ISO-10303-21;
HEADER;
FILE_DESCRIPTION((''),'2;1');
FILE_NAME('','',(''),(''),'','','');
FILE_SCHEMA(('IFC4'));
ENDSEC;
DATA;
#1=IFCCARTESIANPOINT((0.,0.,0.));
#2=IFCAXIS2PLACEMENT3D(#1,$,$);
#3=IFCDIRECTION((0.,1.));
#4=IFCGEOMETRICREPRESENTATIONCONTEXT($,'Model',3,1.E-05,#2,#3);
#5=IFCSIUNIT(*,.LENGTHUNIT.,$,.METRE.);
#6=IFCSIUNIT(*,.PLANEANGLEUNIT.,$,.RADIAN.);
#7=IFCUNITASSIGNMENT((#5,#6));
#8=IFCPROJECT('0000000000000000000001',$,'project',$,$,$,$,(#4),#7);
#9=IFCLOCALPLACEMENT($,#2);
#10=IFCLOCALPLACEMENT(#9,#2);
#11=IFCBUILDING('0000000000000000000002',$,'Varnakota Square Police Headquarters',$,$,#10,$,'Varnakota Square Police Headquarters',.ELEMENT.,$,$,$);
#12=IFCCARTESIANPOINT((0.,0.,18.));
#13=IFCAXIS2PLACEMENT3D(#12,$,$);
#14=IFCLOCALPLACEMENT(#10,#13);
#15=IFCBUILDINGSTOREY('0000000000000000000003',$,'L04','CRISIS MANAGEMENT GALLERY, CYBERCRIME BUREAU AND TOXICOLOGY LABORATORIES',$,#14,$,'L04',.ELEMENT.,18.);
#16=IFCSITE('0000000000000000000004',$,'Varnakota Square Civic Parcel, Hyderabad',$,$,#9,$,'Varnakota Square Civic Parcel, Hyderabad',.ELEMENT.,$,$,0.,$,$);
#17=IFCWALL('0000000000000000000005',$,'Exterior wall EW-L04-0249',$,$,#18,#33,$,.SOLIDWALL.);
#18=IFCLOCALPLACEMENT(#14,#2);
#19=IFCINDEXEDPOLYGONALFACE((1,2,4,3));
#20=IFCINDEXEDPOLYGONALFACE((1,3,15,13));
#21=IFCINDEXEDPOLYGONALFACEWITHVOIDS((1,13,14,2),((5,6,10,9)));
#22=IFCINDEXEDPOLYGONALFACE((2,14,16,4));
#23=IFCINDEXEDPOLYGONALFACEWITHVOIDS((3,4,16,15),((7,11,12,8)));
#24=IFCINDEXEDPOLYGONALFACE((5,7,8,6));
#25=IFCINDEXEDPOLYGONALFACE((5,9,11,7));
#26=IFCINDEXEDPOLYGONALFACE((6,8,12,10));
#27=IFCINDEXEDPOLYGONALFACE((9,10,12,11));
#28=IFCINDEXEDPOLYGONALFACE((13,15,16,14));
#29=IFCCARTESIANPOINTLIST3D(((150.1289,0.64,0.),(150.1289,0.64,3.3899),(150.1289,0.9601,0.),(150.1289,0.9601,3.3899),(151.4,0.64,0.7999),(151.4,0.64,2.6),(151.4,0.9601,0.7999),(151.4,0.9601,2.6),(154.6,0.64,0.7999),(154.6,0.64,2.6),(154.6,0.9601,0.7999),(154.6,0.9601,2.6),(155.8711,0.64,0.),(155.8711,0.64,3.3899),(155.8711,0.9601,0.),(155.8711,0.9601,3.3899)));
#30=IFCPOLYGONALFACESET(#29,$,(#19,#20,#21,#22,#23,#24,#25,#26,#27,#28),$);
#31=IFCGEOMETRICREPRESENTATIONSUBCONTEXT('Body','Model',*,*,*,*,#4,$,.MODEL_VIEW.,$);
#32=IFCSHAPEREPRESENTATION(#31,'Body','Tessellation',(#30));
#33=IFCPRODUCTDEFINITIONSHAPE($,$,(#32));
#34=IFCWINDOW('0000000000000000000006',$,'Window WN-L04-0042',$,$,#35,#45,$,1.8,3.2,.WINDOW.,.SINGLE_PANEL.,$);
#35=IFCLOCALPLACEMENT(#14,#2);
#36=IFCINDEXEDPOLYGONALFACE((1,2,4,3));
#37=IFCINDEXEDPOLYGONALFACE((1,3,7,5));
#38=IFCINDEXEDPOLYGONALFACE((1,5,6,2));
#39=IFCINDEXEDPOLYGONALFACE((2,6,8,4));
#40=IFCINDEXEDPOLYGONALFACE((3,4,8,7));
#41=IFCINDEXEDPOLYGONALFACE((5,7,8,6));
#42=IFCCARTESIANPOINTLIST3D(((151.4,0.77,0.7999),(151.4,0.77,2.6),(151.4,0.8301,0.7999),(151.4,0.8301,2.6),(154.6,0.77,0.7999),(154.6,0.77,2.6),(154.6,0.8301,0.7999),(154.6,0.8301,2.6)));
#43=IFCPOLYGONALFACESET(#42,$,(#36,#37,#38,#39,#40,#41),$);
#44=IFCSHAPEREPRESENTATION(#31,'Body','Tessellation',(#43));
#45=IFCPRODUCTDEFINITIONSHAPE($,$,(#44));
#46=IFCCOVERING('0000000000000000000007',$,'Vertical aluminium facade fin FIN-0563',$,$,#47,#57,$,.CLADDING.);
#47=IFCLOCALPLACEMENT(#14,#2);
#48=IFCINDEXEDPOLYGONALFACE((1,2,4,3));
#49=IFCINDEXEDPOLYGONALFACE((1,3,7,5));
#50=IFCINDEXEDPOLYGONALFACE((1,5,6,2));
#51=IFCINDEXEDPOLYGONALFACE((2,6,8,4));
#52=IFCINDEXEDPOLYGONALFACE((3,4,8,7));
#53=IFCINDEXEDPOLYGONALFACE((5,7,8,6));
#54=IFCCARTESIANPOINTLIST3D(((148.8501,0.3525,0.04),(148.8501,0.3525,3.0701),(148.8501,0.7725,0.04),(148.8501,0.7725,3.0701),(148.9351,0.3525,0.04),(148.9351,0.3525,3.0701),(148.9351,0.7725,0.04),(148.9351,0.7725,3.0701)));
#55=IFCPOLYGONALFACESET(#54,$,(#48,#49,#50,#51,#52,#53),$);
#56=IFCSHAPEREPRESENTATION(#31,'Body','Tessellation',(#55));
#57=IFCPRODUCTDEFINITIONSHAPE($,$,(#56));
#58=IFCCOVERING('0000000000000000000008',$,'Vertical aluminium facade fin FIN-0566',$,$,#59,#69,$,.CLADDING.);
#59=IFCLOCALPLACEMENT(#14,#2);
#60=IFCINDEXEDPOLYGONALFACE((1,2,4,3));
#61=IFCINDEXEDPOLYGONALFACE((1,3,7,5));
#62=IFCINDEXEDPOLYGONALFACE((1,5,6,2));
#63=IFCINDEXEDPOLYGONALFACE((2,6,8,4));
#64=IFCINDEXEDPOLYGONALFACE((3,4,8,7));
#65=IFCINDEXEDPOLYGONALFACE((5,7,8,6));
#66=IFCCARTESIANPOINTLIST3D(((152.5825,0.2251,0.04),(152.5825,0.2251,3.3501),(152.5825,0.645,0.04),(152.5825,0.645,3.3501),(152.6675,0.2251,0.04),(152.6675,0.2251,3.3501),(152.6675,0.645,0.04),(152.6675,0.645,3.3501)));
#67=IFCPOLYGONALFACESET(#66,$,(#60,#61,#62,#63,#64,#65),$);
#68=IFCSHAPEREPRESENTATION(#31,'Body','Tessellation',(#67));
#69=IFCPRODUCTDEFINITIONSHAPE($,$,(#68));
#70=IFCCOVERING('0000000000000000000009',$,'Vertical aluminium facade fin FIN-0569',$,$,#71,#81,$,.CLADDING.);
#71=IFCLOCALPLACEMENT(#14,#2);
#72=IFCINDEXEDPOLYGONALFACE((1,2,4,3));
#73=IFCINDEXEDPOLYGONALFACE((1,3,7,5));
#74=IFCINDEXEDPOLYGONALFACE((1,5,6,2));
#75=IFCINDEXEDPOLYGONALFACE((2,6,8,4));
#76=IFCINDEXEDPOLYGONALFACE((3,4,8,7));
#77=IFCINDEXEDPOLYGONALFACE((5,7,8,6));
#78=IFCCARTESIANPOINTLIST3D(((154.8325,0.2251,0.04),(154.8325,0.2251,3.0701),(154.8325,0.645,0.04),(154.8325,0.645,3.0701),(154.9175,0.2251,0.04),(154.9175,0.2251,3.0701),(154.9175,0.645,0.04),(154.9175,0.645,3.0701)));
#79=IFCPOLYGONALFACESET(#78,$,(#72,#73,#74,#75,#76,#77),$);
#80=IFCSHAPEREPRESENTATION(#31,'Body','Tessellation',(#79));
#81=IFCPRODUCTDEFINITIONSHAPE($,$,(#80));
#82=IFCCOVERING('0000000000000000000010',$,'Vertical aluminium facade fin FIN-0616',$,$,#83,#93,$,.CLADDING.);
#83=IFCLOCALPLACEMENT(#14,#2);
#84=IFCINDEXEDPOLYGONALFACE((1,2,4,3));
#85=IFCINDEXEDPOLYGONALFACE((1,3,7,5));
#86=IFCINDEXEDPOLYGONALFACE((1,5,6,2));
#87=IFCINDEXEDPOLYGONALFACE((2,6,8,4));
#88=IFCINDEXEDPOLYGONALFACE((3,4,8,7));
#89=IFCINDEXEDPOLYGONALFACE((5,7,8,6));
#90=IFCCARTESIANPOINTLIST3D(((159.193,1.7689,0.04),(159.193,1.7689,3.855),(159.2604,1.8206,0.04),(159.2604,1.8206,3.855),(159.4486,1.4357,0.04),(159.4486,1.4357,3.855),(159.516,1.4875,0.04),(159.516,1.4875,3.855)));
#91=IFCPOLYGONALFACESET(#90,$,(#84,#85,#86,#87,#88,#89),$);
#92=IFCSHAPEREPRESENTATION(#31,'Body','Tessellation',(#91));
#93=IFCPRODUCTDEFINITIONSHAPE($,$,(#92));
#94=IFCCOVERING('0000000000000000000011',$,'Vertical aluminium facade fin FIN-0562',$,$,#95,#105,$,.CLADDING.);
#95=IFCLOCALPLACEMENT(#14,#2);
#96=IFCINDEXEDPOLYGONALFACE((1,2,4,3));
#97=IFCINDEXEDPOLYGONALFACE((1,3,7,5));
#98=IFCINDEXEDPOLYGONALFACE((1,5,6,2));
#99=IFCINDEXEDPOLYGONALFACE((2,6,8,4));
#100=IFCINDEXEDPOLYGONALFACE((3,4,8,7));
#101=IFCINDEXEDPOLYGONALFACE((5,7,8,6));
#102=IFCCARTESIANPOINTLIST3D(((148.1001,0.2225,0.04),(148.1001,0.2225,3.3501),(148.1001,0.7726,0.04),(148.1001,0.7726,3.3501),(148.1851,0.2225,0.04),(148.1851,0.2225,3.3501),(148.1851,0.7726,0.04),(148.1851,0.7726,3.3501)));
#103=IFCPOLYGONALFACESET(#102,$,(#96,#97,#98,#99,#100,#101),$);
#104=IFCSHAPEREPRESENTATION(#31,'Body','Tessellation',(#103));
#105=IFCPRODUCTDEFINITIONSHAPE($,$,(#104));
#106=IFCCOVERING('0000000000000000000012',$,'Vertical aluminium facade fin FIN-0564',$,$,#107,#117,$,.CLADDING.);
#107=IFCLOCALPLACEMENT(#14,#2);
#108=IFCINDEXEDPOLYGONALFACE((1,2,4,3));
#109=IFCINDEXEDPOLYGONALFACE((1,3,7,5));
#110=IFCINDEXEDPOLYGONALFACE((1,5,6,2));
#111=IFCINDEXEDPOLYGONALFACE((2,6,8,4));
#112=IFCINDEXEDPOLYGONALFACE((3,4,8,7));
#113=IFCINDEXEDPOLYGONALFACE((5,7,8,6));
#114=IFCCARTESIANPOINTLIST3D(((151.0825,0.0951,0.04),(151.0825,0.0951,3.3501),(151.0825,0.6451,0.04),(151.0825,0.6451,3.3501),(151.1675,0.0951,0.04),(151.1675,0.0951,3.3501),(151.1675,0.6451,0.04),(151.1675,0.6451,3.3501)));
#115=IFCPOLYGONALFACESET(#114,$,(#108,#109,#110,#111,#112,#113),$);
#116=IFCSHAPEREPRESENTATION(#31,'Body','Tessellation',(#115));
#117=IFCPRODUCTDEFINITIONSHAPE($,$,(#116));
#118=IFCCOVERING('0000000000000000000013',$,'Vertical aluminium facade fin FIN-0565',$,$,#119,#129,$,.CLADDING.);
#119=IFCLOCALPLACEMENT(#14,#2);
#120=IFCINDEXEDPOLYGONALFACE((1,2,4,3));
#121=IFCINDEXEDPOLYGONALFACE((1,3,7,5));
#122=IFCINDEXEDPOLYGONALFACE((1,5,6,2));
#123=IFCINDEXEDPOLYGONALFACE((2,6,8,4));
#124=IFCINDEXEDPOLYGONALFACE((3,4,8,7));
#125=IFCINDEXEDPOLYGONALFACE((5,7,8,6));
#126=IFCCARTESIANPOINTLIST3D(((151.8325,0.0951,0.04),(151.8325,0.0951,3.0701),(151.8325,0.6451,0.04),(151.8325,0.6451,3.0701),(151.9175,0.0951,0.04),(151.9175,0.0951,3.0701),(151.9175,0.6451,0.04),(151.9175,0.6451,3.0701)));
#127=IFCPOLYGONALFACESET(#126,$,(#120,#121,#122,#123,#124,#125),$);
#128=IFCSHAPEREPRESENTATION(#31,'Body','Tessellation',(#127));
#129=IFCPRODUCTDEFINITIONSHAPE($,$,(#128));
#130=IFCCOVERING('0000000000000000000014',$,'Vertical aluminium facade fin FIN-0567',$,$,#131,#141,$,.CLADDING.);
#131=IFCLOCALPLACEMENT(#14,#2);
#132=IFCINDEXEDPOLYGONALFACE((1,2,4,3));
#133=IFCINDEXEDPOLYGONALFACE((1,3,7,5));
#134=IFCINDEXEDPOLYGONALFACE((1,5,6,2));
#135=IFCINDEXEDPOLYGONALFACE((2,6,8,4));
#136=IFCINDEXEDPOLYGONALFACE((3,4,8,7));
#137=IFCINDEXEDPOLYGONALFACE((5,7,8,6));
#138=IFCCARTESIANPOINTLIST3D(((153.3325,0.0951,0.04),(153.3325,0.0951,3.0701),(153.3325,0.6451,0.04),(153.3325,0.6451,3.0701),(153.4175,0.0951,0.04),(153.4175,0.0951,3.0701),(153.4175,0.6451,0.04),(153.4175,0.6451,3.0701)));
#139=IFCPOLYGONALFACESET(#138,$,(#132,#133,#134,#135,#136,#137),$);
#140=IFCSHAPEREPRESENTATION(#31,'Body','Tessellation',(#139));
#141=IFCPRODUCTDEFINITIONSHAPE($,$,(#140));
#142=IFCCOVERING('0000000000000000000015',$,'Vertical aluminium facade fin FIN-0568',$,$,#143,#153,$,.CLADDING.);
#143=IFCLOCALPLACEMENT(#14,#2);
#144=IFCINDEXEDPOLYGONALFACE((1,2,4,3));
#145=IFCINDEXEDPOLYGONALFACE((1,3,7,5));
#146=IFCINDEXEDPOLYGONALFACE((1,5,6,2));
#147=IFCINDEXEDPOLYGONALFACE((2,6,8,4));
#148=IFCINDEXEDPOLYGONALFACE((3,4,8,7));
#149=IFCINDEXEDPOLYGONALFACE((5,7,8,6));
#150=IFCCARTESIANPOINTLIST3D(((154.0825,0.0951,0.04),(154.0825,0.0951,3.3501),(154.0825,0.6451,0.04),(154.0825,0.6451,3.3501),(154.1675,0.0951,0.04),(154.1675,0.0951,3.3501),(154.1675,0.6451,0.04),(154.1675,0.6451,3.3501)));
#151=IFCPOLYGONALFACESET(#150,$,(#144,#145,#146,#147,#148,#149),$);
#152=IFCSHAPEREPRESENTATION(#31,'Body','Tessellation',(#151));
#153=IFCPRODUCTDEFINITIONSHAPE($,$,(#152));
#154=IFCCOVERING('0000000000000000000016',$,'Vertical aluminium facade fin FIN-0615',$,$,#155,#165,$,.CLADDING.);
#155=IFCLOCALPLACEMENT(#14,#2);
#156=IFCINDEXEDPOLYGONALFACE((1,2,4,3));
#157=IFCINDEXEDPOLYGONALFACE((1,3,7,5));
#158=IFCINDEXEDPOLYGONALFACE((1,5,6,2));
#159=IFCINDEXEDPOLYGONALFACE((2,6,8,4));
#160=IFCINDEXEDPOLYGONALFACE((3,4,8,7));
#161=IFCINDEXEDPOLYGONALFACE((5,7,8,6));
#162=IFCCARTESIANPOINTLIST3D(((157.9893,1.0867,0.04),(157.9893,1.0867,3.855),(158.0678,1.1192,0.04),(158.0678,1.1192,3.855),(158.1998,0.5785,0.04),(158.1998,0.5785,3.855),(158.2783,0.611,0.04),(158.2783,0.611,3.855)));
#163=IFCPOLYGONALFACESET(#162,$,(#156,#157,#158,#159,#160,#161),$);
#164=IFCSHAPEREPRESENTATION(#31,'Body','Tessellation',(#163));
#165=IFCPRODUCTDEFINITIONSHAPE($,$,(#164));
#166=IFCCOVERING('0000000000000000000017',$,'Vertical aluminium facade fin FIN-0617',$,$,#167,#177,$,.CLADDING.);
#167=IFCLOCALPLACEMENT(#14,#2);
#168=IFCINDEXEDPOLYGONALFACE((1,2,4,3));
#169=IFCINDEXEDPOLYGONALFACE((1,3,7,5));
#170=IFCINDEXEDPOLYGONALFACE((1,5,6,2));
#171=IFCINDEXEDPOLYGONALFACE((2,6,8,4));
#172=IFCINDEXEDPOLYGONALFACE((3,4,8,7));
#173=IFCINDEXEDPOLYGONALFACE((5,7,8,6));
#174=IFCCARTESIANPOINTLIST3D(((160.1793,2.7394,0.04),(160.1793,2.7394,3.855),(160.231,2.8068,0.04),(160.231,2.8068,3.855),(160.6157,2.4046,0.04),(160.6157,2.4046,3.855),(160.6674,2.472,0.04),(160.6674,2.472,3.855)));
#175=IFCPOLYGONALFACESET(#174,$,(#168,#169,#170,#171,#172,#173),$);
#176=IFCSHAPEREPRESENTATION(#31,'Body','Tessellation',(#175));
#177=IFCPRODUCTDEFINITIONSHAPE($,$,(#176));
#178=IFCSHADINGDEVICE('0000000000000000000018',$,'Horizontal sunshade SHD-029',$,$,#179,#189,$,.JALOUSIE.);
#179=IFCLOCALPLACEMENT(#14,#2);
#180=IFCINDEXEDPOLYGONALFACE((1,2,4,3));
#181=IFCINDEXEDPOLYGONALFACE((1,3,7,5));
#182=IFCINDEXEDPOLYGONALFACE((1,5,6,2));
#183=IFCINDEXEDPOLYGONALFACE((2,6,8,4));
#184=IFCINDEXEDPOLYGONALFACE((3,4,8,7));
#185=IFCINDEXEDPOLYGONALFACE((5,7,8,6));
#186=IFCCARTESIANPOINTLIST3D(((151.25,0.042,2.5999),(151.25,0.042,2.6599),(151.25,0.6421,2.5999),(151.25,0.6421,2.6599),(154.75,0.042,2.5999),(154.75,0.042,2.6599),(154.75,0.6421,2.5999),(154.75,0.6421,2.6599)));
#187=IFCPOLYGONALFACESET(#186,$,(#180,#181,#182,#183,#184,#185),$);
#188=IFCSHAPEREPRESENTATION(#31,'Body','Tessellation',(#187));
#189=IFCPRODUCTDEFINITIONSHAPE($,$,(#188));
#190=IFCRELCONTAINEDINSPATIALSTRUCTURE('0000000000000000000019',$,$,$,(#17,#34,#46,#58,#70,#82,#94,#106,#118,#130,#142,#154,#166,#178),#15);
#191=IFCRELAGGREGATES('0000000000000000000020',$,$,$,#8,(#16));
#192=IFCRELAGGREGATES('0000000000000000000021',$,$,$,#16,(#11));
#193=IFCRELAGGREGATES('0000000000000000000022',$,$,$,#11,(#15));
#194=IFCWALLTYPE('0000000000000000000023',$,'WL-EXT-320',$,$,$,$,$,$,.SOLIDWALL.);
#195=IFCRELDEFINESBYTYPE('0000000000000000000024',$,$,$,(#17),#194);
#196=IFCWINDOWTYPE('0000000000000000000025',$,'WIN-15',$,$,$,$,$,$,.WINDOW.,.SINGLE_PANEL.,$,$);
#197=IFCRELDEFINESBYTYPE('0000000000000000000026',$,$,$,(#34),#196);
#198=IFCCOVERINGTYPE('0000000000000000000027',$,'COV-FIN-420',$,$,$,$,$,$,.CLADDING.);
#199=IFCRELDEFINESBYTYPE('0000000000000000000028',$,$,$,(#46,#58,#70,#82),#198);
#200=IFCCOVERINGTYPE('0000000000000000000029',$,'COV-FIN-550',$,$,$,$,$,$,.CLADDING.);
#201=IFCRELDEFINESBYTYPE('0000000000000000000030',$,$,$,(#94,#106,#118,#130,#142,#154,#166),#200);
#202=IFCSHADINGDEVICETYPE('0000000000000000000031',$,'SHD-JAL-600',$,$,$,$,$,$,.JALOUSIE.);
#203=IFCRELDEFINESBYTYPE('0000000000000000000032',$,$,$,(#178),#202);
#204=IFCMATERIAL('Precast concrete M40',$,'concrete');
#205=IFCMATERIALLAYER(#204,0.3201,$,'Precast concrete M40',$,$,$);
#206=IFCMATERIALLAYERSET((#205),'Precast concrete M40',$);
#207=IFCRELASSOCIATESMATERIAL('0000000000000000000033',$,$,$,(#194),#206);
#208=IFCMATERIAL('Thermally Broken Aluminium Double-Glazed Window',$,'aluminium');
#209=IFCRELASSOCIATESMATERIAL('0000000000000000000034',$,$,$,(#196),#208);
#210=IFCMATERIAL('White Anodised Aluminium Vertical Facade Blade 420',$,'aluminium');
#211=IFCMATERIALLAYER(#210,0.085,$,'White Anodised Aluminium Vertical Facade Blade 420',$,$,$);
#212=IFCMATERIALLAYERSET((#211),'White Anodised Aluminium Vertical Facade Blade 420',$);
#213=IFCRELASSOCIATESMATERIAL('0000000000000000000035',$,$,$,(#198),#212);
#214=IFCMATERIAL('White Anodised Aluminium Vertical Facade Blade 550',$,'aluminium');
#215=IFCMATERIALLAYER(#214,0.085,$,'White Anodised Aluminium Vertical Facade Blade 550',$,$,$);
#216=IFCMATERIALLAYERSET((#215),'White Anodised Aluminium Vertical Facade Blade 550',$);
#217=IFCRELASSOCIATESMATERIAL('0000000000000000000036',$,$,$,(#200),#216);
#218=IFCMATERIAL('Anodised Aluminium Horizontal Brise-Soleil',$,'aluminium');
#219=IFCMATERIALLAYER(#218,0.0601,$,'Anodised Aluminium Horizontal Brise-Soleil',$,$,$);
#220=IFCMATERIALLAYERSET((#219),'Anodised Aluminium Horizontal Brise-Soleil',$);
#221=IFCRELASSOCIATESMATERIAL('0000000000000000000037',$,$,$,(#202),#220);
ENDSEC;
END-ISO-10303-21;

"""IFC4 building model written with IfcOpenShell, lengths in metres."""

from ifc_helpers import new_model, si_unit, direction, frame, frame_2d, origin, origin_2d, place, context, subcontext, project, spatial, rectangle, extrude, material, layer, layer_set, type_object, element, fill, save


model = new_model("IFC4")

# Units and contexts
model_context = context("Model", 3, precision=1e-05, world=origin(), true_north=direction((0.0, 1.0)))
body_context = subcontext(model_context, "Body", "Model", "MODEL_VIEW")
ifc_project = project(units=[si_unit("LENGTHUNIT", "METRE"), si_unit("PLANEANGLEUNIT", "RADIAN")], contexts=[model_context])

# Site, building, storey
site_placement = place(None, origin())
site = spatial("IfcSite", under=ifc_project, at=site_placement, Name="Varnakota Square Civic Parcel, Hyderabad", LongName="Varnakota Square Civic Parcel, Hyderabad", CompositionType="ELEMENT", RefElevation=0.0)
building_placement = place(site_placement, origin())
building = spatial("IfcBuilding", under=site, at=building_placement, Name="Varnakota Square Police Headquarters", LongName="Varnakota Square Police Headquarters", CompositionType="ELEMENT")
storey_placement = place(building_placement, frame((0.0, 0.0, 18.0)))
storey = spatial("IfcBuildingStorey", under=building, at=storey_placement, Name="L04", Description="CRISIS MANAGEMENT GALLERY, CYBERCRIME BUREAU AND TOXICOLOGY LABORATORIES", LongName="L04", CompositionType="ELEMENT", Elevation=18.0)

# Shared definitions
ifc_material_1 = material(Name="Precast concrete M40", Category="concrete")

# Wall, opening, window
ifc_layer_1 = layer(ifc_material_1, 0.3201, Name="Precast concrete M40")
ifc_layer_set_1 = layer_set([ifc_layer_1], Name="Precast concrete M40")
wall_type_1 = type_object("IfcWallType", Name="WL-EXT-320", PredefinedType="SOLIDWALL", material=ifc_layer_set_1)
wall_1_placement = place(storey_placement, frame((150.1289, 0.8, 0.0), z_axis=(0.0, 0.0, 1.0), x_axis=(1.0, 0.0, 0.0)))
wall_1 = element("IfcWall", 1, at=wall_1_placement, inside=storey, type_object=wall_type_1, Name="Exterior wall EW-L04-0249", PredefinedType="SOLIDWALL", context=body_context, shape_type="SweptSolid", body=[
    extrude(rectangle(XDim=5.7422, YDim=0.3201, at=frame_2d((2.8711, 0.0))), origin(), (0.0, 0.0, 1.0), 3.3899),
])
opening_placement = place(wall_1_placement, frame((1.271, 0.0, 0.8)))
opening = element("IfcOpeningElement", 2, at=opening_placement, cuts=wall_1, PredefinedType="OPENING", context=body_context, shape_type="SweptSolid", body=[
    extrude(rectangle(XDim=3.2, YDim=1.8, at=frame_2d((1.6001, 0.8999))), frame((0.0, 0.1699, 0.0), z_axis=(0.0, -1.0, 0.0), x_axis=(1.0, 0.0, 0.0)), (0.0, 0.0, 1.0), 0.3401),
])
ifc_material_2 = material(Name="Thermally Broken Aluminium Double-Glazed Window", Category="aluminium")
window_type = type_object("IfcWindowType", Name="WIN-15", PartitioningType="SINGLE_PANEL", PredefinedType="WINDOW", material=ifc_material_2)
window_placement = place(opening_placement, origin())
window = element("IfcWindow", 3, at=window_placement, inside=storey, type_object=window_type, Name="Window WN-L04-0042", OverallHeight=1.8, OverallWidth=3.2, PartitioningType="SINGLE_PANEL", PredefinedType="WINDOW", context=body_context, shape_type="SweptSolid", body=[
    extrude(rectangle(XDim=3.2, YDim=1.8, at=frame_2d((1.6001, 0.8999))), frame((0.0, 0.03, 0.0), z_axis=(0.0, -1.0, 0.0), x_axis=(1.0, 0.0, 0.0)), (0.0, 0.0, 1.0), 0.0601),
])
fill(opening, window)

# Coverings
ifc_material_3 = material(Name="White Anodised Aluminium Vertical Facade Blade 420", Category="aluminium")
ifc_layer_2 = layer(ifc_material_3, 0.085, Name="White Anodised Aluminium Vertical Facade Blade 420")
ifc_layer_set_2 = layer_set([ifc_layer_2], Name="White Anodised Aluminium Vertical Facade Blade 420")
covering_type_1 = type_object("IfcCoveringType", Name="COV-FIN-420", PredefinedType="CLADDING", material=ifc_layer_set_2)
covering_1_placement = place(storey_placement, frame((148.8926, 0.5625, 0.04), z_axis=(0.0, 0.0, 1.0), x_axis=(1.0, 0.0, 0.0)))
element("IfcCovering", 4, at=covering_1_placement, inside=storey, type_object=covering_type_1, Name="Vertical aluminium facade fin FIN-0563", PredefinedType="CLADDING", context=body_context, shape_type="SweptSolid", body=[
    extrude(rectangle(XDim=0.085, YDim=0.4199, at=origin_2d()), origin(), (0.0, 0.0, 1.0), 3.03),
])
covering_2_placement = place(storey_placement, frame((152.625, 0.4351, 0.04), z_axis=(0.0, 0.0, 1.0), x_axis=(1.0, 0.0, 0.0)))
element("IfcCovering", 5, at=covering_2_placement, inside=storey, type_object=covering_type_1, Name="Vertical aluminium facade fin FIN-0566", PredefinedType="CLADDING", context=body_context, shape_type="SweptSolid", body=[
    extrude(rectangle(XDim=0.085, YDim=0.4199, at=origin_2d()), origin(), (0.0, 0.0, 1.0), 3.3101),
])
covering_3_placement = place(storey_placement, frame((154.875, 0.4351, 0.04), z_axis=(0.0, 0.0, 1.0), x_axis=(1.0, 0.0, 0.0)))
element("IfcCovering", 6, at=covering_3_placement, inside=storey, type_object=covering_type_1, Name="Vertical aluminium facade fin FIN-0569", PredefinedType="CLADDING", context=body_context, shape_type="SweptSolid", body=[
    extrude(rectangle(XDim=0.085, YDim=0.4199, at=origin_2d()), origin(), (0.0, 0.0, 1.0), 3.03),
])
covering_4_placement = place(storey_placement, frame((159.3545, 1.6282, 0.04), z_axis=(0.0, 0.0, 1.0), x_axis=(0.793353, 0.608761, 0.0)))
element("IfcCovering", 7, at=covering_4_placement, inside=storey, type_object=covering_type_1, Name="Vertical aluminium facade fin FIN-0616", PredefinedType="CLADDING", context=body_context, shape_type="SweptSolid", body=[
    extrude(rectangle(XDim=0.085, YDim=0.4199, at=origin_2d()), origin(), (0.0, 0.0, 1.0), 3.8149),
])
ifc_material_4 = material(Name="White Anodised Aluminium Vertical Facade Blade 550", Category="aluminium")
ifc_layer_3 = layer(ifc_material_4, 0.085, Name="White Anodised Aluminium Vertical Facade Blade 550")
ifc_layer_set_3 = layer_set([ifc_layer_3], Name="White Anodised Aluminium Vertical Facade Blade 550")
covering_type_2 = type_object("IfcCoveringType", Name="COV-FIN-550", PredefinedType="CLADDING", material=ifc_layer_set_3)
for number, where, z_axis, x_axis, name in (
    (8, (148.1426, 0.4976, 0.04), (0.0, 0.0, 1.0), (1.0, 0.0, 0.0), "Vertical aluminium facade fin FIN-0562"),
    (9, (151.125, 0.3701, 0.04), (0.0, 0.0, 1.0), (1.0, 0.0, 0.0), "Vertical aluminium facade fin FIN-0564"),
):
    element("IfcCovering", number, at=place(storey_placement, frame(where, z_axis=z_axis, x_axis=x_axis)), inside=storey, type_object=covering_type_2, Name=name, PredefinedType="CLADDING", context=body_context, shape_type="SweptSolid", body=[
        extrude(rectangle(XDim=0.085, YDim=0.55, at=origin_2d()), origin(), (0.0, 0.0, 1.0), 3.3101),
    ])
for number, where, z_axis, x_axis, name in (
    (10, (151.875, 0.3701, 0.04), (0.0, 0.0, 1.0), (1.0, 0.0, 0.0), "Vertical aluminium facade fin FIN-0565"),
    (11, (153.375, 0.3701, 0.04), (0.0, 0.0, 1.0), (1.0, 0.0, 0.0), "Vertical aluminium facade fin FIN-0567"),
):
    element("IfcCovering", number, at=place(storey_placement, frame(where, z_axis=z_axis, x_axis=x_axis)), inside=storey, type_object=covering_type_2, Name=name, PredefinedType="CLADDING", context=body_context, shape_type="SweptSolid", body=[
        extrude(rectangle(XDim=0.085, YDim=0.55, at=origin_2d()), origin(), (0.0, 0.0, 1.0), 3.03),
    ])
covering_5_placement = place(storey_placement, frame((154.125, 0.3701, 0.04), z_axis=(0.0, 0.0, 1.0), x_axis=(1.0, 0.0, 0.0)))
element("IfcCovering", 12, at=covering_5_placement, inside=storey, type_object=covering_type_2, Name="Vertical aluminium facade fin FIN-0568", PredefinedType="CLADDING", context=body_context, shape_type="SweptSolid", body=[
    extrude(rectangle(XDim=0.085, YDim=0.55, at=origin_2d()), origin(), (0.0, 0.0, 1.0), 3.3101),
])
for number, where, z_axis, x_axis, name in (
    (13, (158.1338, 0.8489, 0.04), (0.0, 0.0, 1.0), (0.92388, 0.382683, 0.0), "Vertical aluminium facade fin FIN-0615"),
    (14, (160.4233, 2.6057, 0.04), (0.0, 0.0, 1.0), (0.608761, 0.793353, 0.0), "Vertical aluminium facade fin FIN-0617"),
):
    element("IfcCovering", number, at=place(storey_placement, frame(where, z_axis=z_axis, x_axis=x_axis)), inside=storey, type_object=covering_type_2, Name=name, PredefinedType="CLADDING", context=body_context, shape_type="SweptSolid", body=[
        extrude(rectangle(XDim=0.085, YDim=0.55, at=origin_2d()), origin(), (0.0, 0.0, 1.0), 3.8149),
    ])

# Shading device
ifc_material_5 = material(Name="Anodised Aluminium Horizontal Brise-Soleil", Category="aluminium")
ifc_layer_4 = layer(ifc_material_5, 0.0601, Name="Anodised Aluminium Horizontal Brise-Soleil")
ifc_layer_set_4 = layer_set([ifc_layer_4], Name="Anodised Aluminium Horizontal Brise-Soleil")
shading_device_type = type_object("IfcShadingDeviceType", Name="SHD-JAL-600", PredefinedType="JALOUSIE", material=ifc_layer_set_4)
shading_device_placement = place(storey_placement, frame((153.0, 0.342, 2.5999), z_axis=(0.0, 0.0, 1.0), x_axis=(1.0, 0.0, 0.0)))
element("IfcShadingDevice", 15, at=shading_device_placement, inside=storey, type_object=shading_device_type, Name="Horizontal sunshade SHD-029", PredefinedType="JALOUSIE", context=body_context, shape_type="SweptSolid", body=[
    extrude(rectangle(XDim=3.5, YDim=0.6001, at=origin_2d()), origin(), (0.0, 0.0, 1.0), 0.0601),
])

save(model, "model.ifc")
